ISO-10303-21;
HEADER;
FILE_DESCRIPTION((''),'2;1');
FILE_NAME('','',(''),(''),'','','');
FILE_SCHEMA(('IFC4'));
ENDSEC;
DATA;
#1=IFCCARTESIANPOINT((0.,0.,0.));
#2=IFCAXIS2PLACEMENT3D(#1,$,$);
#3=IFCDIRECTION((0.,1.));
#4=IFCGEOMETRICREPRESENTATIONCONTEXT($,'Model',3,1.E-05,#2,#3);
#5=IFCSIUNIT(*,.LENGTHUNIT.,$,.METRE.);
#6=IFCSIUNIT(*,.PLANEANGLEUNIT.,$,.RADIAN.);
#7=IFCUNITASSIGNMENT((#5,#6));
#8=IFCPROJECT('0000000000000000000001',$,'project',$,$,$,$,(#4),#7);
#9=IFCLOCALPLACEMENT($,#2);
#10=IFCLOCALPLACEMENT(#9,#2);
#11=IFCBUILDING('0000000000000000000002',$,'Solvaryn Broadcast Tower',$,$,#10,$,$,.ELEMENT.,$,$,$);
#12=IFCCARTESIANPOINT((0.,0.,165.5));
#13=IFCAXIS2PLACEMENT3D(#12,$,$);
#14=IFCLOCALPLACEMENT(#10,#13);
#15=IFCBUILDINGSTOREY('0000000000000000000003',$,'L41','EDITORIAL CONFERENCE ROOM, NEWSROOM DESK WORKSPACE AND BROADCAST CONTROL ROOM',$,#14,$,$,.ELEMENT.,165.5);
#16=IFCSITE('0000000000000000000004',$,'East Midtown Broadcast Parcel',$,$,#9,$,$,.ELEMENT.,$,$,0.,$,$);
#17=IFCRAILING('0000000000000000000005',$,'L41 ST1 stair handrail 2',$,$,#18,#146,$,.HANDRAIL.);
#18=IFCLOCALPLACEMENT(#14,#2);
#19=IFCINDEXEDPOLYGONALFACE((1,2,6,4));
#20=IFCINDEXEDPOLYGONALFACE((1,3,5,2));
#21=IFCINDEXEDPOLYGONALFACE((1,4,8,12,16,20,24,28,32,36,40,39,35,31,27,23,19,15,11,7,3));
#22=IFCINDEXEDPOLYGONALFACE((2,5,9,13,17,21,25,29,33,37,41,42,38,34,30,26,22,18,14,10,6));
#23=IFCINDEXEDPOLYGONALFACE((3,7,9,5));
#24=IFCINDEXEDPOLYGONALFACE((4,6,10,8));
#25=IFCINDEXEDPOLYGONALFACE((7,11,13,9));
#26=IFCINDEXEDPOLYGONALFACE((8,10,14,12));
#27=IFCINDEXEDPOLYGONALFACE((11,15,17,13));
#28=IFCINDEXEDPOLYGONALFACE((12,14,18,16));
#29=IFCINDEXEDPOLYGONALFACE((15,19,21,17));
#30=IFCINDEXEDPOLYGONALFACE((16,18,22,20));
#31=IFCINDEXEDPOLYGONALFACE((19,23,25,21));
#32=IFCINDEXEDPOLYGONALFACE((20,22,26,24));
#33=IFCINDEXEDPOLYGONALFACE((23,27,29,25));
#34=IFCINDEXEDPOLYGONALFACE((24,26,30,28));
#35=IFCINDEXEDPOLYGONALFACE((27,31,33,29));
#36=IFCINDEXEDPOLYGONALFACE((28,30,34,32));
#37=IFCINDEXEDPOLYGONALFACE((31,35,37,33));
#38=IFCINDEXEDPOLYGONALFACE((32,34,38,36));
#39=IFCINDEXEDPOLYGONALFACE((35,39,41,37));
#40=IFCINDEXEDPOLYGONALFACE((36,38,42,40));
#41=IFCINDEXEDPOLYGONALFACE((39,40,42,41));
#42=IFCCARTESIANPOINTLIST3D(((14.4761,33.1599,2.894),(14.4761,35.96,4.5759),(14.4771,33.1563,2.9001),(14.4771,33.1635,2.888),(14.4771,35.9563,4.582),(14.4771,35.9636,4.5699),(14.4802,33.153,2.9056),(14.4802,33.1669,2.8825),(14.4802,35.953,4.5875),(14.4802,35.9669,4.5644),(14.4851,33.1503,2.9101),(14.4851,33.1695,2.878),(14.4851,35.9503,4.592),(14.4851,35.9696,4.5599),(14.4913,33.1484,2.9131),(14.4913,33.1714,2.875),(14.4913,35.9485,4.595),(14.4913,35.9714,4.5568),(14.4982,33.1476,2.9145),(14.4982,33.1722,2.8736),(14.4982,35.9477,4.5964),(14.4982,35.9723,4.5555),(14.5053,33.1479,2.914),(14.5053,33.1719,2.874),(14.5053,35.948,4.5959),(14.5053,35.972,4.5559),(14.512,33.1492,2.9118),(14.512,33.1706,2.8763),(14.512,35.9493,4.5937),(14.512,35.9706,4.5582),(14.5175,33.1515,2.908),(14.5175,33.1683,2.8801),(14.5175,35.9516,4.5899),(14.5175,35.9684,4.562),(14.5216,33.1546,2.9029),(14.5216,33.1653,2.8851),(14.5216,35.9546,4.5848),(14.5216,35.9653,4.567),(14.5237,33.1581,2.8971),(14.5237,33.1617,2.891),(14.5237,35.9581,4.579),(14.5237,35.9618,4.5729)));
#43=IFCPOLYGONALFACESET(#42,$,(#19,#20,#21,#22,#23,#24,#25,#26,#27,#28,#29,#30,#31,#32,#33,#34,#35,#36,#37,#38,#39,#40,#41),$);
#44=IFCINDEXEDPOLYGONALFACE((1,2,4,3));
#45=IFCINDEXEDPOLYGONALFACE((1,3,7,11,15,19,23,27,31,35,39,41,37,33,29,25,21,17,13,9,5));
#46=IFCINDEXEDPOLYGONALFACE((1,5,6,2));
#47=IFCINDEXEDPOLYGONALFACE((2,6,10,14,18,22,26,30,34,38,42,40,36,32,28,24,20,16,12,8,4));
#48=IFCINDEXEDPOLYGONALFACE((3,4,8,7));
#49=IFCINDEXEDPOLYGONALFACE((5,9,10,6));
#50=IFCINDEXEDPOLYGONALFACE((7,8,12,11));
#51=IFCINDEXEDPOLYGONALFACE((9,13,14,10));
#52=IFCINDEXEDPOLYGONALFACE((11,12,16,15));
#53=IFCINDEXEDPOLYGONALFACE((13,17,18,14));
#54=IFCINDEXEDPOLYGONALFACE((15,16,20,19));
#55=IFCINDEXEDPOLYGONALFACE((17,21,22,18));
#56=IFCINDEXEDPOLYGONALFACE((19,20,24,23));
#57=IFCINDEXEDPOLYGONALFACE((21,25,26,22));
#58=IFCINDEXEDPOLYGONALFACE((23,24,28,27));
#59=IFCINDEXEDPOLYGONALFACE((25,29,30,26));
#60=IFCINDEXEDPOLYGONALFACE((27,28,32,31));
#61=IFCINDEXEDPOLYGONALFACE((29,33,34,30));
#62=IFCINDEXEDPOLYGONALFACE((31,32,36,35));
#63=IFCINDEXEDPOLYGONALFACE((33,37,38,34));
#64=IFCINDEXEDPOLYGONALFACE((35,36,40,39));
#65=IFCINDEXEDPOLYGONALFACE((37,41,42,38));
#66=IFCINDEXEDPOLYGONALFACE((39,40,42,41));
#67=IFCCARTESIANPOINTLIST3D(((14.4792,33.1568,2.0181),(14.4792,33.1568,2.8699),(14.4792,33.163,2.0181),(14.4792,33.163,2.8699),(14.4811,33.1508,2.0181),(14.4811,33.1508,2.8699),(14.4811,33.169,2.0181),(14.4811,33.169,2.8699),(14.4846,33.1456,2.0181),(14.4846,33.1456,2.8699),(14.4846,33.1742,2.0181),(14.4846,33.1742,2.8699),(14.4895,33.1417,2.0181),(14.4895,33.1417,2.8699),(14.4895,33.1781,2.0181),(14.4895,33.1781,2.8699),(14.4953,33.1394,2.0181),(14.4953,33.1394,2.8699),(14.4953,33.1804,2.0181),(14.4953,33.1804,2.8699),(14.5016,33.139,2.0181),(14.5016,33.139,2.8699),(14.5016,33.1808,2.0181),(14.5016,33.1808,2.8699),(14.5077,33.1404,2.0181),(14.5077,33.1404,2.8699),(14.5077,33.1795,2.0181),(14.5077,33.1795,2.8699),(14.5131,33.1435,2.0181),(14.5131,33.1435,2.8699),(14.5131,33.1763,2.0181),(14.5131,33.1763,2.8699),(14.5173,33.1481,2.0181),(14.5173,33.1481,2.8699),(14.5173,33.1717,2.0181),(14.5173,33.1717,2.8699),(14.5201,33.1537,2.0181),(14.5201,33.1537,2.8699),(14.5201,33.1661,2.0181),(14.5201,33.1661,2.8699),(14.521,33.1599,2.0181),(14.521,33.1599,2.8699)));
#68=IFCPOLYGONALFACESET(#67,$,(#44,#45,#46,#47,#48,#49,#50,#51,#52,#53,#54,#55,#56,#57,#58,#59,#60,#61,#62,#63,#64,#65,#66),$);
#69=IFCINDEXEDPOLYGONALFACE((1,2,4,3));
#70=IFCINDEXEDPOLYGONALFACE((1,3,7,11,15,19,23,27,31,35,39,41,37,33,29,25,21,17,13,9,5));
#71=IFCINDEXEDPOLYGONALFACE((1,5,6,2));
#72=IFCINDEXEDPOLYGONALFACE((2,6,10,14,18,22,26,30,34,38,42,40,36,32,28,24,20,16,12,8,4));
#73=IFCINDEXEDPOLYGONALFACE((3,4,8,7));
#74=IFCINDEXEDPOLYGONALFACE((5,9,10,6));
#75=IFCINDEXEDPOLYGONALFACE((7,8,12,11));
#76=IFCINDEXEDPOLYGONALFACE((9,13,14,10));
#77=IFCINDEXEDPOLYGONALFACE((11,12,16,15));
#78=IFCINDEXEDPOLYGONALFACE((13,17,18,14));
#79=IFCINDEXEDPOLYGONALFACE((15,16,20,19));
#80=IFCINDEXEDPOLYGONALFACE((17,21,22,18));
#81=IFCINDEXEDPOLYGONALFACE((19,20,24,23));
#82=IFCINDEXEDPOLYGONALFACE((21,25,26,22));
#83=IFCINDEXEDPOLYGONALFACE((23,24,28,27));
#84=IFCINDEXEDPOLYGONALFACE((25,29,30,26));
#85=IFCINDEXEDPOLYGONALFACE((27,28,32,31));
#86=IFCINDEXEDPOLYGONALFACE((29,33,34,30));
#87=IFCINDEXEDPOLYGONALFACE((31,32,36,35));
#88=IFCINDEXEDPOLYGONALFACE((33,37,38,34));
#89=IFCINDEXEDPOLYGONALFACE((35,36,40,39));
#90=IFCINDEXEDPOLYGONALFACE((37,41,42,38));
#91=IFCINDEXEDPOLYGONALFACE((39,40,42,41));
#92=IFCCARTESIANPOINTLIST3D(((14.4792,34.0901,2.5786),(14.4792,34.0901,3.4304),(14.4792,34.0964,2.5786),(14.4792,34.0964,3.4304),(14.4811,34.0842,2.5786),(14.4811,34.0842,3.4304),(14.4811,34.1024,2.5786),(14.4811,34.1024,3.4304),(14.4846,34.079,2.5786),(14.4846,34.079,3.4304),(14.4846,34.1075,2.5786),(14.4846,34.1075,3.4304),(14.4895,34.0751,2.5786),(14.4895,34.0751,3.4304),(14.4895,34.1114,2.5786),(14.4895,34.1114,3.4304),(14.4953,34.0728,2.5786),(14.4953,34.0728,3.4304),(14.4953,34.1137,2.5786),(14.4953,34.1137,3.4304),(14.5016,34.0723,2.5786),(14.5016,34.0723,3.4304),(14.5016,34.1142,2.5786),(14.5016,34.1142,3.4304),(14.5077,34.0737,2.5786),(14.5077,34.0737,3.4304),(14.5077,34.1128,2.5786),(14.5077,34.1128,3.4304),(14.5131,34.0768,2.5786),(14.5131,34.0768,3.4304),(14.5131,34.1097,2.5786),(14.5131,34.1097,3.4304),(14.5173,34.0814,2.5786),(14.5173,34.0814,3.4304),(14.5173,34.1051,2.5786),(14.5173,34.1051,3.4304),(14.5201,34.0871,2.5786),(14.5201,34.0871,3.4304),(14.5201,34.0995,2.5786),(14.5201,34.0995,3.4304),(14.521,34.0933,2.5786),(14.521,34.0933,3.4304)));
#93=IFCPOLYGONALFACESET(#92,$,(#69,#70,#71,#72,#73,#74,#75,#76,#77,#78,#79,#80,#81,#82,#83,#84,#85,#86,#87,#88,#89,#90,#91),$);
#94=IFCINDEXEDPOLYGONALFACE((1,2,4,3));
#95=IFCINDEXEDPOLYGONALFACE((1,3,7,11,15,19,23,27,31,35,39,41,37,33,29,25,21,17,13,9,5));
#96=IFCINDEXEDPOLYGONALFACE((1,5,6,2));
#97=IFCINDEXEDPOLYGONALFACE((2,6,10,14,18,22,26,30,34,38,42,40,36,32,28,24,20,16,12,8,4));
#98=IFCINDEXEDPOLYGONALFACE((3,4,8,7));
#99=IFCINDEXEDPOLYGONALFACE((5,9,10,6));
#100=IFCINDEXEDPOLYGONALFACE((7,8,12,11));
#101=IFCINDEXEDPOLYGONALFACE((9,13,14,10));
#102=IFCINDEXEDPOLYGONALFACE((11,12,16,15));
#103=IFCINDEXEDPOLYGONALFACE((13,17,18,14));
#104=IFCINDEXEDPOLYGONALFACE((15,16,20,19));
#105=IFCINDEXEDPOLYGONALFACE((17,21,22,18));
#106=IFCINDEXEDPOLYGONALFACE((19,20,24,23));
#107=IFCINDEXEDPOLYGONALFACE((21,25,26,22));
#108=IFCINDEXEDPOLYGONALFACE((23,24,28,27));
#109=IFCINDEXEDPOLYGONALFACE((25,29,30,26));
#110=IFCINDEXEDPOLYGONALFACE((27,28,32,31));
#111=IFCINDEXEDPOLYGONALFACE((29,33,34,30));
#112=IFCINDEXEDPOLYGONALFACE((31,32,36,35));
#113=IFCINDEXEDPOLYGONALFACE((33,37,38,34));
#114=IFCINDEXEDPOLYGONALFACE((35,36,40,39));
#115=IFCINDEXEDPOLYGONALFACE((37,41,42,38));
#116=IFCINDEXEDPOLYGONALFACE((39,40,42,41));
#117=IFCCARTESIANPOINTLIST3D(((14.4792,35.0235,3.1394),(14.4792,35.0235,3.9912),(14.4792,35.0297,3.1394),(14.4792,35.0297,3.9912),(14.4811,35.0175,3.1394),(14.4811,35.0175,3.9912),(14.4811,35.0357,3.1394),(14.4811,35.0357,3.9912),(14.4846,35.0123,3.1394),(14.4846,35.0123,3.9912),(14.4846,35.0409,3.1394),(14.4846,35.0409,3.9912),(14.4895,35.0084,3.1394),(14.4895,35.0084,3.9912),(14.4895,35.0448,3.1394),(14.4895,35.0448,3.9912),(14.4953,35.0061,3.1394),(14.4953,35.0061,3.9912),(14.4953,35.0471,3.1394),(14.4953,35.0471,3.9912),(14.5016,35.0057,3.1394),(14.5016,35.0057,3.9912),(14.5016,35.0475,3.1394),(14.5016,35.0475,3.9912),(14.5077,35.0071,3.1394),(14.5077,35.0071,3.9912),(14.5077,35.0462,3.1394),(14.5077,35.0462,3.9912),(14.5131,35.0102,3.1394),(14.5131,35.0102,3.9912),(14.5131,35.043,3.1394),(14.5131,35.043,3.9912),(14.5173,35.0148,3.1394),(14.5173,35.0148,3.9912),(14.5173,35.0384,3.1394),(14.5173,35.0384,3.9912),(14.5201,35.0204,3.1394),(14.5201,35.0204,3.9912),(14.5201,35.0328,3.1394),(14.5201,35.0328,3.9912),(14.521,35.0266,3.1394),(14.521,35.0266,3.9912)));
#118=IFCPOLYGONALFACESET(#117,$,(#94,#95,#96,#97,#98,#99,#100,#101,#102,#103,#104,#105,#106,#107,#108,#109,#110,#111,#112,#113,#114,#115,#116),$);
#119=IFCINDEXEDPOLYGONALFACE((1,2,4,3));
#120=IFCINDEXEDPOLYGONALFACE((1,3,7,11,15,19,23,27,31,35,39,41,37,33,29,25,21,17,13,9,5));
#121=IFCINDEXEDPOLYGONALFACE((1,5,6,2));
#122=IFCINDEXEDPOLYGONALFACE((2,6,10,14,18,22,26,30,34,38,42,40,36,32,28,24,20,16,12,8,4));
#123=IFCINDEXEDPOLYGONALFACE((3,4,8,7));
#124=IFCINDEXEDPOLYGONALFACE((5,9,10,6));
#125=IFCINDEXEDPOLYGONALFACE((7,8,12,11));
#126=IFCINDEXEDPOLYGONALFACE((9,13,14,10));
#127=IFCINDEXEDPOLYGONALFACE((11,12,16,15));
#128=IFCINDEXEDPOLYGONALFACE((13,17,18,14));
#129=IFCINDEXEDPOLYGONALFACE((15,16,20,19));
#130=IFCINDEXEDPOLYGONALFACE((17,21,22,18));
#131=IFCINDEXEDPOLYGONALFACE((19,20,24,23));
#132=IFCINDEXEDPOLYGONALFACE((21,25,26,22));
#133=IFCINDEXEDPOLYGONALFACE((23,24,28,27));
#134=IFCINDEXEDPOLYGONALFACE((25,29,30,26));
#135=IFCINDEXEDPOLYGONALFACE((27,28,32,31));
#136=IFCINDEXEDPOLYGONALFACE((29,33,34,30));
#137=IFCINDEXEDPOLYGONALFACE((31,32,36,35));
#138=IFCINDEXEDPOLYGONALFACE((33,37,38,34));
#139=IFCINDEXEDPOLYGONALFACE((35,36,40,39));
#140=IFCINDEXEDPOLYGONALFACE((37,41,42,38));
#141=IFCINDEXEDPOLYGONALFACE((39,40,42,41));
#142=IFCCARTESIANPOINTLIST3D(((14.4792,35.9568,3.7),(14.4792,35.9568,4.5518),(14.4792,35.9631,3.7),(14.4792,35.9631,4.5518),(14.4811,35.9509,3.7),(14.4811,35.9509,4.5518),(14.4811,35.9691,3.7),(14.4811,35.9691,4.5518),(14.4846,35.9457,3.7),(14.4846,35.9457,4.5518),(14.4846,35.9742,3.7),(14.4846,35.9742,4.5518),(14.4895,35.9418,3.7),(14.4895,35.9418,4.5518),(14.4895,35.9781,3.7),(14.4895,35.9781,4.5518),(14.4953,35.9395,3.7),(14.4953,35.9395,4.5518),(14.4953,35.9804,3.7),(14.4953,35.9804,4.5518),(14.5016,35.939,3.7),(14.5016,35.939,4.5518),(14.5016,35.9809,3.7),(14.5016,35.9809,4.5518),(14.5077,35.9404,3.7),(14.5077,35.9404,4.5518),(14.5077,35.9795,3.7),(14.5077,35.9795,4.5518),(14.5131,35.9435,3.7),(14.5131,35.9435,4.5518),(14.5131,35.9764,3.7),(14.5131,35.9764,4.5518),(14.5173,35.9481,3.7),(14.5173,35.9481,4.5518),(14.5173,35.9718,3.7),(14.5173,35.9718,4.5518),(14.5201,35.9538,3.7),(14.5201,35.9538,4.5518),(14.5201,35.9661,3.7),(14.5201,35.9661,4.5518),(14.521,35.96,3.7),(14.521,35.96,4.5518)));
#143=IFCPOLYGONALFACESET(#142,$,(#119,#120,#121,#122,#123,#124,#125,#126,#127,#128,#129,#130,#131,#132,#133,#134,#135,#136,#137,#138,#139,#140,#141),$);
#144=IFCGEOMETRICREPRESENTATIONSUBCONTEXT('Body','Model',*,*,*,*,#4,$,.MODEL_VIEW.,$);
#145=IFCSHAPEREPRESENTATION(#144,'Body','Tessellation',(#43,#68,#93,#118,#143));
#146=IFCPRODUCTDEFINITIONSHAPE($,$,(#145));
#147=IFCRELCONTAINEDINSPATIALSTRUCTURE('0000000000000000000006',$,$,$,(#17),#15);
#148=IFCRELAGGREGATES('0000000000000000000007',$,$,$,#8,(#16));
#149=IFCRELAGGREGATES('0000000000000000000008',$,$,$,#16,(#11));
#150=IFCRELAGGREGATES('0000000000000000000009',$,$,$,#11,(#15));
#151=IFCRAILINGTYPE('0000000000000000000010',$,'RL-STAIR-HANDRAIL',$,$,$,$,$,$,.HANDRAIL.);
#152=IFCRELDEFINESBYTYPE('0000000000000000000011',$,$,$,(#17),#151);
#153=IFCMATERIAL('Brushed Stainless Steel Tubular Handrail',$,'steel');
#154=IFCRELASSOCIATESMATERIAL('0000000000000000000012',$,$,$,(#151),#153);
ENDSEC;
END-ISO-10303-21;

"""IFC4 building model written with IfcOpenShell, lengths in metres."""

from ifc_helpers import new_model, si_unit, direction, frame, origin, origin_2d, place, context, subcontext, project, spatial, circle, extrude, material, type_object, element, save


model = new_model("IFC4")

# Units and contexts
model_context = context("Model", 3, precision=1e-05, world=origin(), true_north=direction((0.0, 1.0)))
body_context = subcontext(model_context, "Body", "Model", "MODEL_VIEW")
ifc_project = project(units=[si_unit("LENGTHUNIT", "METRE"), si_unit("PLANEANGLEUNIT", "RADIAN")], contexts=[model_context])

# Site, building, storey
site_placement = place(None, origin())
site = spatial("IfcSite", under=ifc_project, at=site_placement, Name="East Midtown Broadcast Parcel", CompositionType="ELEMENT", RefElevation=0.0)
building_placement = place(site_placement, origin())
building = spatial("IfcBuilding", under=site, at=building_placement, Name="Solvaryn Broadcast Tower", CompositionType="ELEMENT")
storey_placement = place(building_placement, frame((0.0, 0.0, 165.5)))
storey = spatial("IfcBuildingStorey", under=building, at=storey_placement, Name="L41", Description="EDITORIAL CONFERENCE ROOM, NEWSROOM DESK WORKSPACE AND BROADCAST CONTROL ROOM", CompositionType="ELEMENT", Elevation=165.5)

# Railing
ifc_material_1 = material(Name="Brushed Stainless Steel Tubular Handrail", Category="steel")
railing_type_1 = type_object("IfcRailingType", Name="RL-STAIR-HANDRAIL", PredefinedType="HANDRAIL", material=ifc_material_1)
railing_1_placement = place(storey_placement, frame((14.5, 33.1599, 2.0181)))
element("IfcRailing", 1, at=railing_1_placement, inside=storey, type_object=railing_type_1, Name="L41 ST1 stair handrail 2", PredefinedType="HANDRAIL", context=body_context, shape_type="SweptSolid", body=[
    extrude(circle(Radius=0.0239, at=origin_2d()), frame((0.0, 0.0, 0.876), z_axis=(0.0, 0.857242, 0.514913), x_axis=(-1.0, 0.0, 0.0)), (0.0, 0.0, 1.0), 3.2664),
    extrude(circle(Radius=0.021, at=origin_2d()), origin(), (0.0, 0.0, 1.0), 0.8518),
    extrude(circle(Radius=0.021, at=origin_2d()), frame((0.0, 0.9333, 0.5605)), (0.0, 0.0, 1.0), 0.8518),
    extrude(circle(Radius=0.021, at=origin_2d()), frame((0.0, 1.8667, 1.1213)), (0.0, 0.0, 1.0), 0.8518),
    extrude(circle(Radius=0.021, at=origin_2d()), frame((0.0, 2.8, 1.6819)), (0.0, 0.0, 1.0), 0.8518),
])

save(model, "model.ifc")
